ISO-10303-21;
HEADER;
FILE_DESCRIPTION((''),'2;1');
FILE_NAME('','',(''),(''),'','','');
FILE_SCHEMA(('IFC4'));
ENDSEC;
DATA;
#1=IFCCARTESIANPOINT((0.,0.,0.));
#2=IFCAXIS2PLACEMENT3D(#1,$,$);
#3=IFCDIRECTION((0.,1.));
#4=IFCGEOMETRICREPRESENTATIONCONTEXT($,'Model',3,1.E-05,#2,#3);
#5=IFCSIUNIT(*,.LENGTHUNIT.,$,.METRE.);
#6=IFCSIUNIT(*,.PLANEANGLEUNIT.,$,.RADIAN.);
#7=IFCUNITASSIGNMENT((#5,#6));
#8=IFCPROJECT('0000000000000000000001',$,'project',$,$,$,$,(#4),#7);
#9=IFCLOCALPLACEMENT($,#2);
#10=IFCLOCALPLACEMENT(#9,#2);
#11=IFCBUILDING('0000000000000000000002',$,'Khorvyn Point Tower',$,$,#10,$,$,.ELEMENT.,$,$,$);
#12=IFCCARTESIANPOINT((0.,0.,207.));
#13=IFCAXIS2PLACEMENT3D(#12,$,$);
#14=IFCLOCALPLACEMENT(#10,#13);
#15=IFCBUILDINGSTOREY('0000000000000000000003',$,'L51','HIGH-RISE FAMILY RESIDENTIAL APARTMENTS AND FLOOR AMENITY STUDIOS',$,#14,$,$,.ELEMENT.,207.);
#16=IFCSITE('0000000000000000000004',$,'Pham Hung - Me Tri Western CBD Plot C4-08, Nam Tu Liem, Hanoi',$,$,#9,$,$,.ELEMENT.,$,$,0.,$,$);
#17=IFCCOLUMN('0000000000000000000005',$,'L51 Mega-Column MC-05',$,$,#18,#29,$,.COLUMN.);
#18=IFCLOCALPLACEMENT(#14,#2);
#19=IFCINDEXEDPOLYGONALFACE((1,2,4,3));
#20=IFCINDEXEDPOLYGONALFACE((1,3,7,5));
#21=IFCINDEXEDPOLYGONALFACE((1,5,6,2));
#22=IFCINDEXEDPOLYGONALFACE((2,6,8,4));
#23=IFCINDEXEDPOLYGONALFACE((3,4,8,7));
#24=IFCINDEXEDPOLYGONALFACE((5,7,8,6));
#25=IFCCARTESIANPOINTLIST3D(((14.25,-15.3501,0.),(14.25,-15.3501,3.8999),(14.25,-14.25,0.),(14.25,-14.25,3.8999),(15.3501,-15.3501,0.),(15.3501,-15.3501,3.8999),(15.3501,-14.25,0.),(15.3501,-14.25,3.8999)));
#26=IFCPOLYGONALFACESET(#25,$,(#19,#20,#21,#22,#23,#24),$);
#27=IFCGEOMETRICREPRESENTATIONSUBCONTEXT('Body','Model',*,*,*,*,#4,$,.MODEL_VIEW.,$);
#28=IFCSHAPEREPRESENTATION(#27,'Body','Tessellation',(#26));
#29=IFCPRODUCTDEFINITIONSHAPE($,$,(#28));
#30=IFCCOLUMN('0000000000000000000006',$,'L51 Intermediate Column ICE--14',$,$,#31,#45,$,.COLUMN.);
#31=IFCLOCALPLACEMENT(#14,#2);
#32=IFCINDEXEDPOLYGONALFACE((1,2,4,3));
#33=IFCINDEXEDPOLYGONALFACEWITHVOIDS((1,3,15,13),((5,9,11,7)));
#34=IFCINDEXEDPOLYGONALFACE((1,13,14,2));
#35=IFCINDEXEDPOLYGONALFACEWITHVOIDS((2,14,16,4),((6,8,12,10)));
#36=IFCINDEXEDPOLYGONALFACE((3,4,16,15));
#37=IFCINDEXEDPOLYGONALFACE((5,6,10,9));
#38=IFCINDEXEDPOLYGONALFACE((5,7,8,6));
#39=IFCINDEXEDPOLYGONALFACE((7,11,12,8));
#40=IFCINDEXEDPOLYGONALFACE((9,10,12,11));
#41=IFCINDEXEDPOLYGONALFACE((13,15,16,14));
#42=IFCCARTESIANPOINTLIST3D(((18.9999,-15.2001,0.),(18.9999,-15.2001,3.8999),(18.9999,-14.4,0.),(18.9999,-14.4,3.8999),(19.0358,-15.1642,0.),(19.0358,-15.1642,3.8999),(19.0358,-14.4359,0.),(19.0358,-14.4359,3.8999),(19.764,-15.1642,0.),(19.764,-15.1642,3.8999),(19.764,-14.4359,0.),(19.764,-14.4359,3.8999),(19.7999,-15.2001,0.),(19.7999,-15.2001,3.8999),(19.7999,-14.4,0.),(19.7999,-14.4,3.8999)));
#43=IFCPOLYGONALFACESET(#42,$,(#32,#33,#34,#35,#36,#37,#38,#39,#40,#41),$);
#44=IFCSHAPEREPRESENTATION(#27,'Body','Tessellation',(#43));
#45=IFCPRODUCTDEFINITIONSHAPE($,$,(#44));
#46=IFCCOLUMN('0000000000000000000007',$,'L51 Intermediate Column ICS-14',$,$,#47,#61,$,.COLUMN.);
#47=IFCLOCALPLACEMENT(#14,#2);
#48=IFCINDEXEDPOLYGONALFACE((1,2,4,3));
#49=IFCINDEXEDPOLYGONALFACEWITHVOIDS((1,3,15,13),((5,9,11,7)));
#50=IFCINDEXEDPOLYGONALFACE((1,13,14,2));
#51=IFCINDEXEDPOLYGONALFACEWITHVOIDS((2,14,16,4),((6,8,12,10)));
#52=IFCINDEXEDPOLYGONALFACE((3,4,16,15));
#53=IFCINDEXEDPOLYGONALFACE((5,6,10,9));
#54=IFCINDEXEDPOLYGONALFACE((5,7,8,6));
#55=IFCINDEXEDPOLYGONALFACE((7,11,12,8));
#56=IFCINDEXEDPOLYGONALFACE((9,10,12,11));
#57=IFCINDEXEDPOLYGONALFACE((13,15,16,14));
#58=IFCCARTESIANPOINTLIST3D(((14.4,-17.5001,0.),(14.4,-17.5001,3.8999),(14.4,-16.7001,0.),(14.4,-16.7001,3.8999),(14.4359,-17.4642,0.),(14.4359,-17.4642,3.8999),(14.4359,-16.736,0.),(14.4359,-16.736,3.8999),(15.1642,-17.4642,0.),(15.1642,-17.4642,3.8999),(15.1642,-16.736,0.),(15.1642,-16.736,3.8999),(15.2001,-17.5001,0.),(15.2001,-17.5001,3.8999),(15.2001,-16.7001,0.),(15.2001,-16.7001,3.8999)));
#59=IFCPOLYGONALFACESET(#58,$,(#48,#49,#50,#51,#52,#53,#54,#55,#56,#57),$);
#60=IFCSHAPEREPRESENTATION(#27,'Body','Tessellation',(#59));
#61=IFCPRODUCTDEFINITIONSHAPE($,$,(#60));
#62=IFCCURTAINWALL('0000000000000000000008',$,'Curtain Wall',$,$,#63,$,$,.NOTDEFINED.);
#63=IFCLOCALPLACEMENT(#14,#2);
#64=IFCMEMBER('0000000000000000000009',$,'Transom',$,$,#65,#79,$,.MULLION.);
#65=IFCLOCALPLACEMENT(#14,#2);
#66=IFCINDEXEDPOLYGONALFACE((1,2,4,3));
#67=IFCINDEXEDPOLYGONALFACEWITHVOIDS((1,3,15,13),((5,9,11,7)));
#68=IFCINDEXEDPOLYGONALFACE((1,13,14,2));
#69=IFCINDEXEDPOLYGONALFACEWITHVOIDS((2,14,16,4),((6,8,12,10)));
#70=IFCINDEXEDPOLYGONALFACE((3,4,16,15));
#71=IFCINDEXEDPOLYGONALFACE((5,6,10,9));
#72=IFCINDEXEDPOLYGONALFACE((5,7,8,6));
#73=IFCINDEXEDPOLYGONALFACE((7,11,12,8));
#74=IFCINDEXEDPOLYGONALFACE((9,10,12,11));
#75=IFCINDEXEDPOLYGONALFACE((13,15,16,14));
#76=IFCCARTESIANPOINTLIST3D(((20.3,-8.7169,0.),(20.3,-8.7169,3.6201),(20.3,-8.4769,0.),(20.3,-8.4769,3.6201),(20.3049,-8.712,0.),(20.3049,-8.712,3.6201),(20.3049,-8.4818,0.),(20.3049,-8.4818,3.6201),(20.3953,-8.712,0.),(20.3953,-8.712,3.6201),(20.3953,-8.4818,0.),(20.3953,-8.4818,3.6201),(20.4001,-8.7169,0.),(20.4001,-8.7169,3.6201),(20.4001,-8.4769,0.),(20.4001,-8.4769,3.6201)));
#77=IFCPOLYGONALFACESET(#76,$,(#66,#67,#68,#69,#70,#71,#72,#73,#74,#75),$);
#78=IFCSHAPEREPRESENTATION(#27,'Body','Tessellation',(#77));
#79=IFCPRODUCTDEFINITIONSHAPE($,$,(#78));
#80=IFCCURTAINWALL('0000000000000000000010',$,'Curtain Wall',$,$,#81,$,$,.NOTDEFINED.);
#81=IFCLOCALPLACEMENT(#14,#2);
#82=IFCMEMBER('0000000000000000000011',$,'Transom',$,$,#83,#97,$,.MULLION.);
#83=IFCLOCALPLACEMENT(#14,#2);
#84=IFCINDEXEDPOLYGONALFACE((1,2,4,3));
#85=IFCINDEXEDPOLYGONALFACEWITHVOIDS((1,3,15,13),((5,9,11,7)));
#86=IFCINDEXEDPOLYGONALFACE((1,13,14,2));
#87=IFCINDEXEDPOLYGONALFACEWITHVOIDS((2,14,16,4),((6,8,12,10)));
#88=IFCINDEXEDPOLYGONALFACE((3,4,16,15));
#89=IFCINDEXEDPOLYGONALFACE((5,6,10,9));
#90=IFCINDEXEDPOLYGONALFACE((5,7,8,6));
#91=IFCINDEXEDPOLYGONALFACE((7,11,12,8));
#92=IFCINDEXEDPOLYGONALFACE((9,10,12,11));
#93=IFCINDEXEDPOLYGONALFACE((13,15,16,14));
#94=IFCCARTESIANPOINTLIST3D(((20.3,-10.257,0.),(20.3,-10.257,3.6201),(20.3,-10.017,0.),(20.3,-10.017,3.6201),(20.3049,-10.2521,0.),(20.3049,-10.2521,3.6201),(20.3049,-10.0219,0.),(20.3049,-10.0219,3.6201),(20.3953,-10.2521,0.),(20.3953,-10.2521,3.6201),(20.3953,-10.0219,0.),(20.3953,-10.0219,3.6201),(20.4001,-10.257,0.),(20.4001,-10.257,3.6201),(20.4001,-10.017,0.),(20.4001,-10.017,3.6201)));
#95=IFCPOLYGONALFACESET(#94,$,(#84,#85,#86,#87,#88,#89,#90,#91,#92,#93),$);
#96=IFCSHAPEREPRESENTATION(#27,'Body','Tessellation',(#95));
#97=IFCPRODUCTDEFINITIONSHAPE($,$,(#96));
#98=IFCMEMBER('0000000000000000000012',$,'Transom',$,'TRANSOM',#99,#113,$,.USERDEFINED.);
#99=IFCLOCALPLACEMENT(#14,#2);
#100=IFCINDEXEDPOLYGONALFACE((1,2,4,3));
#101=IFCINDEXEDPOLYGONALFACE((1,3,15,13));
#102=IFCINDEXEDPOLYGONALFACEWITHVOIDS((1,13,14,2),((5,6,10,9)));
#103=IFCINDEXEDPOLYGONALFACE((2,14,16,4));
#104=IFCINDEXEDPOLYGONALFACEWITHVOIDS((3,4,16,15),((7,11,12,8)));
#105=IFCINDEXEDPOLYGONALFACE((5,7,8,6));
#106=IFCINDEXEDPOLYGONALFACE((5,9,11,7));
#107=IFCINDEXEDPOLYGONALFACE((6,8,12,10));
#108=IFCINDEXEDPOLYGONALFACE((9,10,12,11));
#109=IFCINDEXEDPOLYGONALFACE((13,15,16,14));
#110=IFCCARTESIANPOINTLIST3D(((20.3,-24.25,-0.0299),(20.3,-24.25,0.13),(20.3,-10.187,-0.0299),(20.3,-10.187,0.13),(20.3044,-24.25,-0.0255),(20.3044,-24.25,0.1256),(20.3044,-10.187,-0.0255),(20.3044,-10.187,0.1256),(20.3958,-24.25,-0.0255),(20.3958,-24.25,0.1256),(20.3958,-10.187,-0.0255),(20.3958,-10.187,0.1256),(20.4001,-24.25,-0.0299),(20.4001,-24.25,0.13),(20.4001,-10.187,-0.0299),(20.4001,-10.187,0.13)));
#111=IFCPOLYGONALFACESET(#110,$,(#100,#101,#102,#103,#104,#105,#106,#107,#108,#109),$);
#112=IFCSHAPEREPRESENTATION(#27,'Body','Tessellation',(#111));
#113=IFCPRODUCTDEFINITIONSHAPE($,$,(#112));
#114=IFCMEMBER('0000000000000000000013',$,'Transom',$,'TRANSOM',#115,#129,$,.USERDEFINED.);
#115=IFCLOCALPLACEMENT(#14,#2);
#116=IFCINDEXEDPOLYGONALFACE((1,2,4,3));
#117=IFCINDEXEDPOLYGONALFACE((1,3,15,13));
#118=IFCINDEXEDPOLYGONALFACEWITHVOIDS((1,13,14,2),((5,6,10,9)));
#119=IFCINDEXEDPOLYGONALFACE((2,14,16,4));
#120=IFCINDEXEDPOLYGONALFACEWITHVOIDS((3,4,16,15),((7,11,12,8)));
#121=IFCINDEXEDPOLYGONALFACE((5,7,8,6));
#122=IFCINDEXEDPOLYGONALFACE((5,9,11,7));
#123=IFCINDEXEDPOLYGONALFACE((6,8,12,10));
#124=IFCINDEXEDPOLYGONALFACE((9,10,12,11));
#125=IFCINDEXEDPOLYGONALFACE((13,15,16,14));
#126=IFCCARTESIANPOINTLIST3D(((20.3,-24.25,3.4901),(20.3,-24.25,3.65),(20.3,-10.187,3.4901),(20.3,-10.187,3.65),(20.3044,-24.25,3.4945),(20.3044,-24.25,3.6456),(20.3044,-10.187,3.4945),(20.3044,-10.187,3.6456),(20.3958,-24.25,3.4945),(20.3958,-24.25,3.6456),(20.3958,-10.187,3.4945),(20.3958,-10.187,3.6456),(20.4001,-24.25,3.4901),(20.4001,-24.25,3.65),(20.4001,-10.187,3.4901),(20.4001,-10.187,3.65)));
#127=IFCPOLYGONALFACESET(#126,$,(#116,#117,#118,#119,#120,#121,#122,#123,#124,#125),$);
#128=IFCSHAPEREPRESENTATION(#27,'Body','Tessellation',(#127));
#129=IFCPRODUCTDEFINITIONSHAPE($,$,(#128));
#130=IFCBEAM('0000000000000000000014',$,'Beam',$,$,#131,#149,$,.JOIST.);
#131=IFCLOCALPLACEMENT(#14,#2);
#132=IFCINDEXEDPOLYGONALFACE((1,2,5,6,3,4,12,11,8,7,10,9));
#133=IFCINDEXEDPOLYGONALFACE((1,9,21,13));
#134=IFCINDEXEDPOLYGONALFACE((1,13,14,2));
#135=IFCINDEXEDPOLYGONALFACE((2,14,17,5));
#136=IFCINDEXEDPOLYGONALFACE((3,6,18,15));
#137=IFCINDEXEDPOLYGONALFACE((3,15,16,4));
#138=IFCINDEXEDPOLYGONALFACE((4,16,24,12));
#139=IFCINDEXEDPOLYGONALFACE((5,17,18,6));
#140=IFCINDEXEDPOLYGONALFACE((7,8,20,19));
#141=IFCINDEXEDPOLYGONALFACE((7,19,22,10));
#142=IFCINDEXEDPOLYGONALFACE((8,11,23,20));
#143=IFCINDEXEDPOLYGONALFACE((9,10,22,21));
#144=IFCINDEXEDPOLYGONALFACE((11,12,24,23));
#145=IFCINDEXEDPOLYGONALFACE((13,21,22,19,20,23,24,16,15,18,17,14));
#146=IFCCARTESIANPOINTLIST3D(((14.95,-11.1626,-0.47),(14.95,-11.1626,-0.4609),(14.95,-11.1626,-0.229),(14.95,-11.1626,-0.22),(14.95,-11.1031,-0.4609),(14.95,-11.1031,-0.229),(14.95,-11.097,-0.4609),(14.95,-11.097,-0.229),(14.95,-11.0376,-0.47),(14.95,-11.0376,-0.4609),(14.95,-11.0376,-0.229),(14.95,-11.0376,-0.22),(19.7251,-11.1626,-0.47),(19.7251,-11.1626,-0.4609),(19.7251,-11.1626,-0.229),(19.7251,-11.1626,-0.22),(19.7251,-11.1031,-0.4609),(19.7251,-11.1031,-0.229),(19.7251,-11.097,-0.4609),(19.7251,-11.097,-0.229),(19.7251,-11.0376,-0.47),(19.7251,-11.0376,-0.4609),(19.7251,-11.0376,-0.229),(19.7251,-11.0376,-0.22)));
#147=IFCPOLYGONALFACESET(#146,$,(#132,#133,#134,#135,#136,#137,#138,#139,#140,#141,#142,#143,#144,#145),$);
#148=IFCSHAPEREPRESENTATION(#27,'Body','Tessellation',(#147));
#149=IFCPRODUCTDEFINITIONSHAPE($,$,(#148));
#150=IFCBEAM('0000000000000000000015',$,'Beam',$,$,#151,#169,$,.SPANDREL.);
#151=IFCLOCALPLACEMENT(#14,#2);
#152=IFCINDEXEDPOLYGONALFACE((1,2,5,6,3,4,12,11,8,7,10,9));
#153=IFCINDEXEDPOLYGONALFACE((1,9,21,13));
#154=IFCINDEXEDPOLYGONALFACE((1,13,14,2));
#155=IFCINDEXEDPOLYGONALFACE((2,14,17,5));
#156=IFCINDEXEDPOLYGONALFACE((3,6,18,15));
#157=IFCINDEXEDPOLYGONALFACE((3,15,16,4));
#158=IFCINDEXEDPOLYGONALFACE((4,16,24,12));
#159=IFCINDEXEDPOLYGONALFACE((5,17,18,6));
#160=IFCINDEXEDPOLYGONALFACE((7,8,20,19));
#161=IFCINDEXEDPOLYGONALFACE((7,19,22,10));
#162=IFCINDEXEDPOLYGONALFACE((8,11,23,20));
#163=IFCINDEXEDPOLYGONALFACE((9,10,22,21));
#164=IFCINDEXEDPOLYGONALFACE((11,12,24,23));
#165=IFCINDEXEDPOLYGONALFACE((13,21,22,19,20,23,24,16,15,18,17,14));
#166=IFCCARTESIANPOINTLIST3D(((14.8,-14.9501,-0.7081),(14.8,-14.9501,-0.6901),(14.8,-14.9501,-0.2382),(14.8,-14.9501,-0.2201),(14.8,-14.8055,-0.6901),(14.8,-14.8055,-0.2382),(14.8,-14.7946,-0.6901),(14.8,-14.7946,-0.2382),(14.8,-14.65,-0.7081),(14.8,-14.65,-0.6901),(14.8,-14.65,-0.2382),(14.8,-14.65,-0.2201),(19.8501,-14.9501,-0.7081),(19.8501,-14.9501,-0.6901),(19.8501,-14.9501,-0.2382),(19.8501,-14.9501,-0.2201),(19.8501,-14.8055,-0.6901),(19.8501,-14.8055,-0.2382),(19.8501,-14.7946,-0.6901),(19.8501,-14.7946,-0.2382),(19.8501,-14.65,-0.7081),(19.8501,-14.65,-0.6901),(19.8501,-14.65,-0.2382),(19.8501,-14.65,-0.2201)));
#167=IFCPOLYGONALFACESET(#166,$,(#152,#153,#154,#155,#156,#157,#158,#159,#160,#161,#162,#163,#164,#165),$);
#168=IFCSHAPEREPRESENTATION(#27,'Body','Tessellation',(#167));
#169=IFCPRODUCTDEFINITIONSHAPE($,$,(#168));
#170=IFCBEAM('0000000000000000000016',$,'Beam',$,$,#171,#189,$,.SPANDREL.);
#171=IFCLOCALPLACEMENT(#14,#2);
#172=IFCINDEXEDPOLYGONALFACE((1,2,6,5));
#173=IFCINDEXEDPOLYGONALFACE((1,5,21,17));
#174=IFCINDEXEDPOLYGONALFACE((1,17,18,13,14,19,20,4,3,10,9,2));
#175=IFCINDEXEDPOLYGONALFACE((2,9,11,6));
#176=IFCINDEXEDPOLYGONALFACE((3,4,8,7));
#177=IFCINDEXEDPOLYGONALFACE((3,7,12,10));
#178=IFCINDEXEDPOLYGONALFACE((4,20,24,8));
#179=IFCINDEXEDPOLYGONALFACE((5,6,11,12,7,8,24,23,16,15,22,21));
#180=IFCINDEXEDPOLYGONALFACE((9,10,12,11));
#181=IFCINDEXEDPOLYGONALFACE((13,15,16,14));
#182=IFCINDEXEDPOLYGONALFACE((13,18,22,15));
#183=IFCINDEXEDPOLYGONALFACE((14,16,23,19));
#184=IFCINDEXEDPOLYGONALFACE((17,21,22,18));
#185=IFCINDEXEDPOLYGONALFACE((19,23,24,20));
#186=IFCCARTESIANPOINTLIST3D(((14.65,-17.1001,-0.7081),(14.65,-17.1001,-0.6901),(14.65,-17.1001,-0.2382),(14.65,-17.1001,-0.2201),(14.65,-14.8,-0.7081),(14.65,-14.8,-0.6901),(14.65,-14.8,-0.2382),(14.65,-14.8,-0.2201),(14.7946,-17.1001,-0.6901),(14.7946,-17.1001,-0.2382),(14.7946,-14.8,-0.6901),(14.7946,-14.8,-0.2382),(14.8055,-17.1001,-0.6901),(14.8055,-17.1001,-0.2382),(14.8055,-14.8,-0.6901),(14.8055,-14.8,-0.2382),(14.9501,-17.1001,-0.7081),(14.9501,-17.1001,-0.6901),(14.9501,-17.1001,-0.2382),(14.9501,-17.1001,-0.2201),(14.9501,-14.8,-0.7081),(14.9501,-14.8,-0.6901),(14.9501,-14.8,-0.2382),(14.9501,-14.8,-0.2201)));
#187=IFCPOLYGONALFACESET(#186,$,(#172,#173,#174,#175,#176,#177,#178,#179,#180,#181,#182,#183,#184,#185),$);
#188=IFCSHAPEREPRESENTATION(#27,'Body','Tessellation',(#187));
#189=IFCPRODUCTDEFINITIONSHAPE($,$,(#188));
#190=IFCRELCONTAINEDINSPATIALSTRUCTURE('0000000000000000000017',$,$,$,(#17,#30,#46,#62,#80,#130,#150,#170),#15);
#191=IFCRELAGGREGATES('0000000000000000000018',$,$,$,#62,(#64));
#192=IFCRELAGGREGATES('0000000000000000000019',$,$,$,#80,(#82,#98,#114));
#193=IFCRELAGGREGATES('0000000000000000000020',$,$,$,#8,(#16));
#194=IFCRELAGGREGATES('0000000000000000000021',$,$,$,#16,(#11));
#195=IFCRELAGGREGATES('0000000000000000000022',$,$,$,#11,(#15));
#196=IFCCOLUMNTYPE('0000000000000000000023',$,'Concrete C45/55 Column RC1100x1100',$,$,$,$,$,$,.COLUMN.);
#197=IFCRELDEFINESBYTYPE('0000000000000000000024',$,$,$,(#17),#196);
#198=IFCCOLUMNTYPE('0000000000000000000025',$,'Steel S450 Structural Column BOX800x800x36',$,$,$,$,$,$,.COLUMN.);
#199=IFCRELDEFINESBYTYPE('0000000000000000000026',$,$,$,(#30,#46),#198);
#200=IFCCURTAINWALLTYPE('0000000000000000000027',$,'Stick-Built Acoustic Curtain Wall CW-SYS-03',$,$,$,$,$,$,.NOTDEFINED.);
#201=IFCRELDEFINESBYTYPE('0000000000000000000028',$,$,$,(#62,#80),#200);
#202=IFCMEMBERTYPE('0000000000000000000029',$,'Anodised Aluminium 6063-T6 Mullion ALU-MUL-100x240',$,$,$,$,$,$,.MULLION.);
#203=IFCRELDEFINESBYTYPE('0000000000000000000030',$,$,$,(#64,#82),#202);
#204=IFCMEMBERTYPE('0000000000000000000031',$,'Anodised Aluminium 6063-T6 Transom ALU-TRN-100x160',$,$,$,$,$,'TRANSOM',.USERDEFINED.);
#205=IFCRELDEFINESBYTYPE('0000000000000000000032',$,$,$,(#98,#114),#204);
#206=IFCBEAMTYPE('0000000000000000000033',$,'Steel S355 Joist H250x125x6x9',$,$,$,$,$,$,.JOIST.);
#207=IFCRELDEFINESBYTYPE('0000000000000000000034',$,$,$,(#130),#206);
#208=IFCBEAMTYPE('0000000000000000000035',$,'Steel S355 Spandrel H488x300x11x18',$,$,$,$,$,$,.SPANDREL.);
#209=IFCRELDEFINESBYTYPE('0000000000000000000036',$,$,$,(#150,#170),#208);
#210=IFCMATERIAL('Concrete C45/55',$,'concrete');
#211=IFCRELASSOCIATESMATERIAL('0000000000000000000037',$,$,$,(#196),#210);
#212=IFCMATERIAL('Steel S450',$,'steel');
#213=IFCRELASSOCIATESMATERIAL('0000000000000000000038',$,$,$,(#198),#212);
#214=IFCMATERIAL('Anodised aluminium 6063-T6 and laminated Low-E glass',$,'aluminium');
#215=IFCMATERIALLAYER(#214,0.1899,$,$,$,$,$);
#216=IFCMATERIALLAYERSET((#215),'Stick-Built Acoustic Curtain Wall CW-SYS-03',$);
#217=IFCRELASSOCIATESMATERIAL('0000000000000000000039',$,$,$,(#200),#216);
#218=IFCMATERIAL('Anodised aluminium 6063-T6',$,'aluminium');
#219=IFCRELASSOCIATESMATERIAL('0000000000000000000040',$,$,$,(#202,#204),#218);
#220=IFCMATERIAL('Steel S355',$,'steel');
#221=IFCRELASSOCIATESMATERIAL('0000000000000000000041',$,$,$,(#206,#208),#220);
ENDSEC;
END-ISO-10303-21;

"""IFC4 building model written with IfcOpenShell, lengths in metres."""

from ifc_helpers import new_model, si_unit, direction, frame, origin, origin_2d, place, context, subcontext, project, spatial, rectangle, hollow_rectangle, i_section, extrude, material, layer, layer_set, material_profile, profile_set, type_object, element, aggregate, save


model = new_model("IFC4")

# Units and contexts
model_context = context("Model", 3, precision=1e-05, world=origin(), true_north=direction((0.0, 1.0)))
body_context = subcontext(model_context, "Body", "Model", "MODEL_VIEW")
ifc_project = project(units=[si_unit("LENGTHUNIT", "METRE"), si_unit("PLANEANGLEUNIT", "RADIAN")], contexts=[model_context])

# Site, building, storey
site_placement = place(None, origin())
site = spatial("IfcSite", under=ifc_project, at=site_placement, Name="Pham Hung - Me Tri Western CBD Plot C4-08, Nam Tu Liem, Hanoi", CompositionType="ELEMENT", RefElevation=0.0)
building_placement = place(site_placement, origin())
building = spatial("IfcBuilding", under=site, at=building_placement, Name="Khorvyn Point Tower", CompositionType="ELEMENT")
storey_placement = place(building_placement, frame((0.0, 0.0, 207.0)))
storey = spatial("IfcBuildingStorey", under=building, at=storey_placement, Name="L51", Description="HIGH-RISE FAMILY RESIDENTIAL APARTMENTS AND FLOOR AMENITY STUDIOS", CompositionType="ELEMENT", Elevation=207.0)

# Columns
ifc_material_1 = material(Name="Concrete C45/55", Category="concrete")
ifc_material_profile_1 = material_profile(ifc_material_1, rectangle(XDim=1.1001, YDim=1.1001, at=origin_2d()))
ifc_profile_set_1 = profile_set([ifc_material_profile_1], Name="Concrete C45/55 RC1100x1100")
column_type_1 = type_object("IfcColumnType", Name="Concrete C45/55 Column RC1100x1100", PredefinedType="COLUMN", material=ifc_profile_set_1)
column_placement = place(storey_placement, frame((14.8, -14.8, 0.0), z_axis=(0.0, 0.0, 1.0), x_axis=(1.0, 0.0, 0.0)))
element("IfcColumn", 1, at=column_placement, inside=storey, type_object=column_type_1, Name="L51 Mega-Column MC-05", PredefinedType="COLUMN", context=body_context, shape_type="SweptSolid", body=[
    extrude(rectangle(XDim=1.1001, YDim=1.1001, at=origin_2d()), origin(), (0.0, 0.0, 1.0), 3.8999),
])
ifc_material_2 = material(Name="Steel S450", Category="steel")
ifc_material_profile_2 = material_profile(ifc_material_2, hollow_rectangle(XDim=0.8, YDim=0.8, WallThickness=0.0359, at=origin_2d()))
ifc_profile_set_2 = profile_set([ifc_material_profile_2], Name="Steel S450 BOX800x800x36")
column_type_2 = type_object("IfcColumnType", Name="Steel S450 Structural Column BOX800x800x36", PredefinedType="COLUMN", material=ifc_profile_set_2)
for number, where, z_axis, x_axis, name in (
    (2, (19.3999, -14.8, 0.0), (0.0, 0.0, 1.0), (1.0, 0.0, 0.0), "L51 Intermediate Column ICE--14"),
    (3, (14.8, -17.1001, 0.0), (0.0, 0.0, 1.0), (1.0, 0.0, 0.0), "L51 Intermediate Column ICS-14"),
):
    element("IfcColumn", number, at=place(storey_placement, frame(where, z_axis=z_axis, x_axis=x_axis)), inside=storey, type_object=column_type_2, Name=name, PredefinedType="COLUMN", context=body_context, shape_type="SweptSolid", body=[
        extrude(hollow_rectangle(XDim=0.8, YDim=0.8, WallThickness=0.0359, at=origin_2d()), origin(), (0.0, 0.0, 1.0), 3.8999),
    ])

# Curtain wall, member
ifc_material_3 = material(Name="Anodised aluminium 6063-T6 and laminated Low-E glass", Category="aluminium")
ifc_layer_1 = layer(ifc_material_3, 0.1899)
ifc_layer_set_1 = layer_set([ifc_layer_1], Name="Stick-Built Acoustic Curtain Wall CW-SYS-03")
curtain_wall_type = type_object("IfcCurtainWallType", Name="Stick-Built Acoustic Curtain Wall CW-SYS-03", PredefinedType="NOTDEFINED", material=ifc_layer_set_1)
curtain_wall_1_placement = place(storey_placement, origin())
curtain_wall_1 = element("IfcCurtainWall", 4, at=curtain_wall_1_placement, inside=storey, type_object=curtain_wall_type, Name="Curtain Wall", PredefinedType="NOTDEFINED")
ifc_material_4 = material(Name="Anodised aluminium 6063-T6", Category="aluminium")
ifc_material_profile_3 = material_profile(ifc_material_4, hollow_rectangle(XDim=0.1001, YDim=0.24, WallThickness=0.0049, at=origin_2d()))
ifc_profile_set_3 = profile_set([ifc_material_profile_3], Name="Anodised aluminium 6063-T6 ALU-MUL-100x240")
member_type_1 = type_object("IfcMemberType", Name="Anodised Aluminium 6063-T6 Mullion ALU-MUL-100x240", PredefinedType="MULLION", material=ifc_profile_set_3)
member_1_placement = place(storey_placement, frame((20.3501, -8.5969, 0.0), z_axis=(0.0, 0.0, 1.0), x_axis=(1.0, 0.0, 0.0)))
member_1 = element("IfcMember", 5, at=member_1_placement, type_object=member_type_1, Name="Transom", PredefinedType="MULLION", context=body_context, shape_type="SweptSolid", body=[
    extrude(hollow_rectangle(XDim=0.1001, YDim=0.24, WallThickness=0.0049, at=origin_2d()), origin(), (0.0, 0.0, 1.0), 3.6201),
])
aggregate(curtain_wall_1, [member_1])

# Curtain wall, members
curtain_wall_2_placement = place(storey_placement, origin())
curtain_wall_2 = element("IfcCurtainWall", 6, at=curtain_wall_2_placement, inside=storey, type_object=curtain_wall_type, Name="Curtain Wall", PredefinedType="NOTDEFINED")
member_2_placement = place(storey_placement, frame((20.3501, -10.137, 0.0), z_axis=(0.0, 0.0, 1.0), x_axis=(1.0, 0.0, 0.0)))
member_2 = element("IfcMember", 7, at=member_2_placement, type_object=member_type_1, Name="Transom", PredefinedType="MULLION", context=body_context, shape_type="SweptSolid", body=[
    extrude(hollow_rectangle(XDim=0.1001, YDim=0.24, WallThickness=0.0049, at=origin_2d()), origin(), (0.0, 0.0, 1.0), 3.6201),
])
ifc_material_profile_4 = material_profile(ifc_material_4, hollow_rectangle(XDim=0.1001, YDim=0.1599, WallThickness=0.0044, at=origin_2d()))
ifc_profile_set_4 = profile_set([ifc_material_profile_4], Name="Anodised aluminium 6063-T6 ALU-TRN-100x160")
member_type_2 = type_object("IfcMemberType", Name="Anodised Aluminium 6063-T6 Transom ALU-TRN-100x160", ElementType="TRANSOM", PredefinedType="USERDEFINED", material=ifc_profile_set_4)
member_3_placement = place(storey_placement, frame((20.3501, -10.187, 0.05), z_axis=(0.0, -1.0, 0.0), x_axis=(1.0, 0.0, 0.0)))
member_3 = element("IfcMember", 8, at=member_3_placement, type_object=member_type_2, Name="Transom", ObjectType="TRANSOM", PredefinedType="USERDEFINED", context=body_context, shape_type="SweptSolid", body=[
    extrude(hollow_rectangle(XDim=0.1001, YDim=0.1599, WallThickness=0.0044, at=origin_2d()), origin(), (0.0, 0.0, 1.0), 14.063),
])
member_4_placement = place(storey_placement, frame((20.3501, -10.187, 3.5701), z_axis=(0.0, -1.0, 0.0), x_axis=(1.0, 0.0, 0.0)))
member_4 = element("IfcMember", 9, at=member_4_placement, type_object=member_type_2, Name="Transom", ObjectType="TRANSOM", PredefinedType="USERDEFINED", context=body_context, shape_type="SweptSolid", body=[
    extrude(hollow_rectangle(XDim=0.1001, YDim=0.1599, WallThickness=0.0044, at=origin_2d()), origin(), (0.0, 0.0, 1.0), 14.063),
])

# Beams
ifc_material_5 = material(Name="Steel S355", Category="steel")
ifc_material_profile_5 = material_profile(ifc_material_5, i_section(OverallWidth=0.125, OverallDepth=0.25, WebThickness=0.0061, FlangeThickness=0.009, at=origin_2d()))
ifc_profile_set_5 = profile_set([ifc_material_profile_5], Name="Steel S355 H250x125x6x9")
beam_type_1 = type_object("IfcBeamType", Name="Steel S355 Joist H250x125x6x9", PredefinedType="JOIST", material=ifc_profile_set_5)
beam_1_placement = place(storey_placement, frame((14.95, -11.1001, -0.345), z_axis=(1.0, 0.0, 0.0), x_axis=(0.0, 1.0, 0.0)))
element("IfcBeam", 10, at=beam_1_placement, inside=storey, type_object=beam_type_1, Name="Beam", PredefinedType="JOIST", context=body_context, shape_type="SweptSolid", body=[
    extrude(i_section(OverallWidth=0.125, OverallDepth=0.25, WebThickness=0.0061, FlangeThickness=0.009, at=origin_2d()), origin(), (0.0, 0.0, 1.0), 4.7751),
])
ifc_material_profile_6 = material_profile(ifc_material_5, i_section(OverallWidth=0.3, OverallDepth=0.488, WebThickness=0.011, FlangeThickness=0.0181, at=origin_2d()))
ifc_profile_set_6 = profile_set([ifc_material_profile_6], Name="Steel S355 H488x300x11x18")
beam_type_2 = type_object("IfcBeamType", Name="Steel S355 Spandrel H488x300x11x18", PredefinedType="SPANDREL", material=ifc_profile_set_6)
beam_2_placement = place(storey_placement, frame((14.8, -14.8, -0.4641), z_axis=(1.0, 0.0, 0.0), x_axis=(0.0, 1.0, 0.0)))
element("IfcBeam", 11, at=beam_2_placement, inside=storey, type_object=beam_type_2, Name="Beam", PredefinedType="SPANDREL", context=body_context, shape_type="SweptSolid", body=[
    extrude(i_section(OverallWidth=0.3, OverallDepth=0.488, WebThickness=0.011, FlangeThickness=0.0181, at=origin_2d()), origin(), (0.0, 0.0, 1.0), 5.05),
])
beam_3_placement = place(storey_placement, frame((14.8, -17.1001, -0.4641), z_axis=(0.0, 1.0, 0.0), x_axis=(-1.0, 0.0, 0.0)))
element("IfcBeam", 12, at=beam_3_placement, inside=storey, type_object=beam_type_2, Name="Beam", PredefinedType="SPANDREL", context=body_context, shape_type="SweptSolid", body=[
    extrude(i_section(OverallWidth=0.3, OverallDepth=0.488, WebThickness=0.011, FlangeThickness=0.0181, at=origin_2d()), origin(), (0.0, 0.0, 1.0), 2.3),
])

aggregate(curtain_wall_2, [member_2, member_3, member_4])

save(model, "model.ifc")
